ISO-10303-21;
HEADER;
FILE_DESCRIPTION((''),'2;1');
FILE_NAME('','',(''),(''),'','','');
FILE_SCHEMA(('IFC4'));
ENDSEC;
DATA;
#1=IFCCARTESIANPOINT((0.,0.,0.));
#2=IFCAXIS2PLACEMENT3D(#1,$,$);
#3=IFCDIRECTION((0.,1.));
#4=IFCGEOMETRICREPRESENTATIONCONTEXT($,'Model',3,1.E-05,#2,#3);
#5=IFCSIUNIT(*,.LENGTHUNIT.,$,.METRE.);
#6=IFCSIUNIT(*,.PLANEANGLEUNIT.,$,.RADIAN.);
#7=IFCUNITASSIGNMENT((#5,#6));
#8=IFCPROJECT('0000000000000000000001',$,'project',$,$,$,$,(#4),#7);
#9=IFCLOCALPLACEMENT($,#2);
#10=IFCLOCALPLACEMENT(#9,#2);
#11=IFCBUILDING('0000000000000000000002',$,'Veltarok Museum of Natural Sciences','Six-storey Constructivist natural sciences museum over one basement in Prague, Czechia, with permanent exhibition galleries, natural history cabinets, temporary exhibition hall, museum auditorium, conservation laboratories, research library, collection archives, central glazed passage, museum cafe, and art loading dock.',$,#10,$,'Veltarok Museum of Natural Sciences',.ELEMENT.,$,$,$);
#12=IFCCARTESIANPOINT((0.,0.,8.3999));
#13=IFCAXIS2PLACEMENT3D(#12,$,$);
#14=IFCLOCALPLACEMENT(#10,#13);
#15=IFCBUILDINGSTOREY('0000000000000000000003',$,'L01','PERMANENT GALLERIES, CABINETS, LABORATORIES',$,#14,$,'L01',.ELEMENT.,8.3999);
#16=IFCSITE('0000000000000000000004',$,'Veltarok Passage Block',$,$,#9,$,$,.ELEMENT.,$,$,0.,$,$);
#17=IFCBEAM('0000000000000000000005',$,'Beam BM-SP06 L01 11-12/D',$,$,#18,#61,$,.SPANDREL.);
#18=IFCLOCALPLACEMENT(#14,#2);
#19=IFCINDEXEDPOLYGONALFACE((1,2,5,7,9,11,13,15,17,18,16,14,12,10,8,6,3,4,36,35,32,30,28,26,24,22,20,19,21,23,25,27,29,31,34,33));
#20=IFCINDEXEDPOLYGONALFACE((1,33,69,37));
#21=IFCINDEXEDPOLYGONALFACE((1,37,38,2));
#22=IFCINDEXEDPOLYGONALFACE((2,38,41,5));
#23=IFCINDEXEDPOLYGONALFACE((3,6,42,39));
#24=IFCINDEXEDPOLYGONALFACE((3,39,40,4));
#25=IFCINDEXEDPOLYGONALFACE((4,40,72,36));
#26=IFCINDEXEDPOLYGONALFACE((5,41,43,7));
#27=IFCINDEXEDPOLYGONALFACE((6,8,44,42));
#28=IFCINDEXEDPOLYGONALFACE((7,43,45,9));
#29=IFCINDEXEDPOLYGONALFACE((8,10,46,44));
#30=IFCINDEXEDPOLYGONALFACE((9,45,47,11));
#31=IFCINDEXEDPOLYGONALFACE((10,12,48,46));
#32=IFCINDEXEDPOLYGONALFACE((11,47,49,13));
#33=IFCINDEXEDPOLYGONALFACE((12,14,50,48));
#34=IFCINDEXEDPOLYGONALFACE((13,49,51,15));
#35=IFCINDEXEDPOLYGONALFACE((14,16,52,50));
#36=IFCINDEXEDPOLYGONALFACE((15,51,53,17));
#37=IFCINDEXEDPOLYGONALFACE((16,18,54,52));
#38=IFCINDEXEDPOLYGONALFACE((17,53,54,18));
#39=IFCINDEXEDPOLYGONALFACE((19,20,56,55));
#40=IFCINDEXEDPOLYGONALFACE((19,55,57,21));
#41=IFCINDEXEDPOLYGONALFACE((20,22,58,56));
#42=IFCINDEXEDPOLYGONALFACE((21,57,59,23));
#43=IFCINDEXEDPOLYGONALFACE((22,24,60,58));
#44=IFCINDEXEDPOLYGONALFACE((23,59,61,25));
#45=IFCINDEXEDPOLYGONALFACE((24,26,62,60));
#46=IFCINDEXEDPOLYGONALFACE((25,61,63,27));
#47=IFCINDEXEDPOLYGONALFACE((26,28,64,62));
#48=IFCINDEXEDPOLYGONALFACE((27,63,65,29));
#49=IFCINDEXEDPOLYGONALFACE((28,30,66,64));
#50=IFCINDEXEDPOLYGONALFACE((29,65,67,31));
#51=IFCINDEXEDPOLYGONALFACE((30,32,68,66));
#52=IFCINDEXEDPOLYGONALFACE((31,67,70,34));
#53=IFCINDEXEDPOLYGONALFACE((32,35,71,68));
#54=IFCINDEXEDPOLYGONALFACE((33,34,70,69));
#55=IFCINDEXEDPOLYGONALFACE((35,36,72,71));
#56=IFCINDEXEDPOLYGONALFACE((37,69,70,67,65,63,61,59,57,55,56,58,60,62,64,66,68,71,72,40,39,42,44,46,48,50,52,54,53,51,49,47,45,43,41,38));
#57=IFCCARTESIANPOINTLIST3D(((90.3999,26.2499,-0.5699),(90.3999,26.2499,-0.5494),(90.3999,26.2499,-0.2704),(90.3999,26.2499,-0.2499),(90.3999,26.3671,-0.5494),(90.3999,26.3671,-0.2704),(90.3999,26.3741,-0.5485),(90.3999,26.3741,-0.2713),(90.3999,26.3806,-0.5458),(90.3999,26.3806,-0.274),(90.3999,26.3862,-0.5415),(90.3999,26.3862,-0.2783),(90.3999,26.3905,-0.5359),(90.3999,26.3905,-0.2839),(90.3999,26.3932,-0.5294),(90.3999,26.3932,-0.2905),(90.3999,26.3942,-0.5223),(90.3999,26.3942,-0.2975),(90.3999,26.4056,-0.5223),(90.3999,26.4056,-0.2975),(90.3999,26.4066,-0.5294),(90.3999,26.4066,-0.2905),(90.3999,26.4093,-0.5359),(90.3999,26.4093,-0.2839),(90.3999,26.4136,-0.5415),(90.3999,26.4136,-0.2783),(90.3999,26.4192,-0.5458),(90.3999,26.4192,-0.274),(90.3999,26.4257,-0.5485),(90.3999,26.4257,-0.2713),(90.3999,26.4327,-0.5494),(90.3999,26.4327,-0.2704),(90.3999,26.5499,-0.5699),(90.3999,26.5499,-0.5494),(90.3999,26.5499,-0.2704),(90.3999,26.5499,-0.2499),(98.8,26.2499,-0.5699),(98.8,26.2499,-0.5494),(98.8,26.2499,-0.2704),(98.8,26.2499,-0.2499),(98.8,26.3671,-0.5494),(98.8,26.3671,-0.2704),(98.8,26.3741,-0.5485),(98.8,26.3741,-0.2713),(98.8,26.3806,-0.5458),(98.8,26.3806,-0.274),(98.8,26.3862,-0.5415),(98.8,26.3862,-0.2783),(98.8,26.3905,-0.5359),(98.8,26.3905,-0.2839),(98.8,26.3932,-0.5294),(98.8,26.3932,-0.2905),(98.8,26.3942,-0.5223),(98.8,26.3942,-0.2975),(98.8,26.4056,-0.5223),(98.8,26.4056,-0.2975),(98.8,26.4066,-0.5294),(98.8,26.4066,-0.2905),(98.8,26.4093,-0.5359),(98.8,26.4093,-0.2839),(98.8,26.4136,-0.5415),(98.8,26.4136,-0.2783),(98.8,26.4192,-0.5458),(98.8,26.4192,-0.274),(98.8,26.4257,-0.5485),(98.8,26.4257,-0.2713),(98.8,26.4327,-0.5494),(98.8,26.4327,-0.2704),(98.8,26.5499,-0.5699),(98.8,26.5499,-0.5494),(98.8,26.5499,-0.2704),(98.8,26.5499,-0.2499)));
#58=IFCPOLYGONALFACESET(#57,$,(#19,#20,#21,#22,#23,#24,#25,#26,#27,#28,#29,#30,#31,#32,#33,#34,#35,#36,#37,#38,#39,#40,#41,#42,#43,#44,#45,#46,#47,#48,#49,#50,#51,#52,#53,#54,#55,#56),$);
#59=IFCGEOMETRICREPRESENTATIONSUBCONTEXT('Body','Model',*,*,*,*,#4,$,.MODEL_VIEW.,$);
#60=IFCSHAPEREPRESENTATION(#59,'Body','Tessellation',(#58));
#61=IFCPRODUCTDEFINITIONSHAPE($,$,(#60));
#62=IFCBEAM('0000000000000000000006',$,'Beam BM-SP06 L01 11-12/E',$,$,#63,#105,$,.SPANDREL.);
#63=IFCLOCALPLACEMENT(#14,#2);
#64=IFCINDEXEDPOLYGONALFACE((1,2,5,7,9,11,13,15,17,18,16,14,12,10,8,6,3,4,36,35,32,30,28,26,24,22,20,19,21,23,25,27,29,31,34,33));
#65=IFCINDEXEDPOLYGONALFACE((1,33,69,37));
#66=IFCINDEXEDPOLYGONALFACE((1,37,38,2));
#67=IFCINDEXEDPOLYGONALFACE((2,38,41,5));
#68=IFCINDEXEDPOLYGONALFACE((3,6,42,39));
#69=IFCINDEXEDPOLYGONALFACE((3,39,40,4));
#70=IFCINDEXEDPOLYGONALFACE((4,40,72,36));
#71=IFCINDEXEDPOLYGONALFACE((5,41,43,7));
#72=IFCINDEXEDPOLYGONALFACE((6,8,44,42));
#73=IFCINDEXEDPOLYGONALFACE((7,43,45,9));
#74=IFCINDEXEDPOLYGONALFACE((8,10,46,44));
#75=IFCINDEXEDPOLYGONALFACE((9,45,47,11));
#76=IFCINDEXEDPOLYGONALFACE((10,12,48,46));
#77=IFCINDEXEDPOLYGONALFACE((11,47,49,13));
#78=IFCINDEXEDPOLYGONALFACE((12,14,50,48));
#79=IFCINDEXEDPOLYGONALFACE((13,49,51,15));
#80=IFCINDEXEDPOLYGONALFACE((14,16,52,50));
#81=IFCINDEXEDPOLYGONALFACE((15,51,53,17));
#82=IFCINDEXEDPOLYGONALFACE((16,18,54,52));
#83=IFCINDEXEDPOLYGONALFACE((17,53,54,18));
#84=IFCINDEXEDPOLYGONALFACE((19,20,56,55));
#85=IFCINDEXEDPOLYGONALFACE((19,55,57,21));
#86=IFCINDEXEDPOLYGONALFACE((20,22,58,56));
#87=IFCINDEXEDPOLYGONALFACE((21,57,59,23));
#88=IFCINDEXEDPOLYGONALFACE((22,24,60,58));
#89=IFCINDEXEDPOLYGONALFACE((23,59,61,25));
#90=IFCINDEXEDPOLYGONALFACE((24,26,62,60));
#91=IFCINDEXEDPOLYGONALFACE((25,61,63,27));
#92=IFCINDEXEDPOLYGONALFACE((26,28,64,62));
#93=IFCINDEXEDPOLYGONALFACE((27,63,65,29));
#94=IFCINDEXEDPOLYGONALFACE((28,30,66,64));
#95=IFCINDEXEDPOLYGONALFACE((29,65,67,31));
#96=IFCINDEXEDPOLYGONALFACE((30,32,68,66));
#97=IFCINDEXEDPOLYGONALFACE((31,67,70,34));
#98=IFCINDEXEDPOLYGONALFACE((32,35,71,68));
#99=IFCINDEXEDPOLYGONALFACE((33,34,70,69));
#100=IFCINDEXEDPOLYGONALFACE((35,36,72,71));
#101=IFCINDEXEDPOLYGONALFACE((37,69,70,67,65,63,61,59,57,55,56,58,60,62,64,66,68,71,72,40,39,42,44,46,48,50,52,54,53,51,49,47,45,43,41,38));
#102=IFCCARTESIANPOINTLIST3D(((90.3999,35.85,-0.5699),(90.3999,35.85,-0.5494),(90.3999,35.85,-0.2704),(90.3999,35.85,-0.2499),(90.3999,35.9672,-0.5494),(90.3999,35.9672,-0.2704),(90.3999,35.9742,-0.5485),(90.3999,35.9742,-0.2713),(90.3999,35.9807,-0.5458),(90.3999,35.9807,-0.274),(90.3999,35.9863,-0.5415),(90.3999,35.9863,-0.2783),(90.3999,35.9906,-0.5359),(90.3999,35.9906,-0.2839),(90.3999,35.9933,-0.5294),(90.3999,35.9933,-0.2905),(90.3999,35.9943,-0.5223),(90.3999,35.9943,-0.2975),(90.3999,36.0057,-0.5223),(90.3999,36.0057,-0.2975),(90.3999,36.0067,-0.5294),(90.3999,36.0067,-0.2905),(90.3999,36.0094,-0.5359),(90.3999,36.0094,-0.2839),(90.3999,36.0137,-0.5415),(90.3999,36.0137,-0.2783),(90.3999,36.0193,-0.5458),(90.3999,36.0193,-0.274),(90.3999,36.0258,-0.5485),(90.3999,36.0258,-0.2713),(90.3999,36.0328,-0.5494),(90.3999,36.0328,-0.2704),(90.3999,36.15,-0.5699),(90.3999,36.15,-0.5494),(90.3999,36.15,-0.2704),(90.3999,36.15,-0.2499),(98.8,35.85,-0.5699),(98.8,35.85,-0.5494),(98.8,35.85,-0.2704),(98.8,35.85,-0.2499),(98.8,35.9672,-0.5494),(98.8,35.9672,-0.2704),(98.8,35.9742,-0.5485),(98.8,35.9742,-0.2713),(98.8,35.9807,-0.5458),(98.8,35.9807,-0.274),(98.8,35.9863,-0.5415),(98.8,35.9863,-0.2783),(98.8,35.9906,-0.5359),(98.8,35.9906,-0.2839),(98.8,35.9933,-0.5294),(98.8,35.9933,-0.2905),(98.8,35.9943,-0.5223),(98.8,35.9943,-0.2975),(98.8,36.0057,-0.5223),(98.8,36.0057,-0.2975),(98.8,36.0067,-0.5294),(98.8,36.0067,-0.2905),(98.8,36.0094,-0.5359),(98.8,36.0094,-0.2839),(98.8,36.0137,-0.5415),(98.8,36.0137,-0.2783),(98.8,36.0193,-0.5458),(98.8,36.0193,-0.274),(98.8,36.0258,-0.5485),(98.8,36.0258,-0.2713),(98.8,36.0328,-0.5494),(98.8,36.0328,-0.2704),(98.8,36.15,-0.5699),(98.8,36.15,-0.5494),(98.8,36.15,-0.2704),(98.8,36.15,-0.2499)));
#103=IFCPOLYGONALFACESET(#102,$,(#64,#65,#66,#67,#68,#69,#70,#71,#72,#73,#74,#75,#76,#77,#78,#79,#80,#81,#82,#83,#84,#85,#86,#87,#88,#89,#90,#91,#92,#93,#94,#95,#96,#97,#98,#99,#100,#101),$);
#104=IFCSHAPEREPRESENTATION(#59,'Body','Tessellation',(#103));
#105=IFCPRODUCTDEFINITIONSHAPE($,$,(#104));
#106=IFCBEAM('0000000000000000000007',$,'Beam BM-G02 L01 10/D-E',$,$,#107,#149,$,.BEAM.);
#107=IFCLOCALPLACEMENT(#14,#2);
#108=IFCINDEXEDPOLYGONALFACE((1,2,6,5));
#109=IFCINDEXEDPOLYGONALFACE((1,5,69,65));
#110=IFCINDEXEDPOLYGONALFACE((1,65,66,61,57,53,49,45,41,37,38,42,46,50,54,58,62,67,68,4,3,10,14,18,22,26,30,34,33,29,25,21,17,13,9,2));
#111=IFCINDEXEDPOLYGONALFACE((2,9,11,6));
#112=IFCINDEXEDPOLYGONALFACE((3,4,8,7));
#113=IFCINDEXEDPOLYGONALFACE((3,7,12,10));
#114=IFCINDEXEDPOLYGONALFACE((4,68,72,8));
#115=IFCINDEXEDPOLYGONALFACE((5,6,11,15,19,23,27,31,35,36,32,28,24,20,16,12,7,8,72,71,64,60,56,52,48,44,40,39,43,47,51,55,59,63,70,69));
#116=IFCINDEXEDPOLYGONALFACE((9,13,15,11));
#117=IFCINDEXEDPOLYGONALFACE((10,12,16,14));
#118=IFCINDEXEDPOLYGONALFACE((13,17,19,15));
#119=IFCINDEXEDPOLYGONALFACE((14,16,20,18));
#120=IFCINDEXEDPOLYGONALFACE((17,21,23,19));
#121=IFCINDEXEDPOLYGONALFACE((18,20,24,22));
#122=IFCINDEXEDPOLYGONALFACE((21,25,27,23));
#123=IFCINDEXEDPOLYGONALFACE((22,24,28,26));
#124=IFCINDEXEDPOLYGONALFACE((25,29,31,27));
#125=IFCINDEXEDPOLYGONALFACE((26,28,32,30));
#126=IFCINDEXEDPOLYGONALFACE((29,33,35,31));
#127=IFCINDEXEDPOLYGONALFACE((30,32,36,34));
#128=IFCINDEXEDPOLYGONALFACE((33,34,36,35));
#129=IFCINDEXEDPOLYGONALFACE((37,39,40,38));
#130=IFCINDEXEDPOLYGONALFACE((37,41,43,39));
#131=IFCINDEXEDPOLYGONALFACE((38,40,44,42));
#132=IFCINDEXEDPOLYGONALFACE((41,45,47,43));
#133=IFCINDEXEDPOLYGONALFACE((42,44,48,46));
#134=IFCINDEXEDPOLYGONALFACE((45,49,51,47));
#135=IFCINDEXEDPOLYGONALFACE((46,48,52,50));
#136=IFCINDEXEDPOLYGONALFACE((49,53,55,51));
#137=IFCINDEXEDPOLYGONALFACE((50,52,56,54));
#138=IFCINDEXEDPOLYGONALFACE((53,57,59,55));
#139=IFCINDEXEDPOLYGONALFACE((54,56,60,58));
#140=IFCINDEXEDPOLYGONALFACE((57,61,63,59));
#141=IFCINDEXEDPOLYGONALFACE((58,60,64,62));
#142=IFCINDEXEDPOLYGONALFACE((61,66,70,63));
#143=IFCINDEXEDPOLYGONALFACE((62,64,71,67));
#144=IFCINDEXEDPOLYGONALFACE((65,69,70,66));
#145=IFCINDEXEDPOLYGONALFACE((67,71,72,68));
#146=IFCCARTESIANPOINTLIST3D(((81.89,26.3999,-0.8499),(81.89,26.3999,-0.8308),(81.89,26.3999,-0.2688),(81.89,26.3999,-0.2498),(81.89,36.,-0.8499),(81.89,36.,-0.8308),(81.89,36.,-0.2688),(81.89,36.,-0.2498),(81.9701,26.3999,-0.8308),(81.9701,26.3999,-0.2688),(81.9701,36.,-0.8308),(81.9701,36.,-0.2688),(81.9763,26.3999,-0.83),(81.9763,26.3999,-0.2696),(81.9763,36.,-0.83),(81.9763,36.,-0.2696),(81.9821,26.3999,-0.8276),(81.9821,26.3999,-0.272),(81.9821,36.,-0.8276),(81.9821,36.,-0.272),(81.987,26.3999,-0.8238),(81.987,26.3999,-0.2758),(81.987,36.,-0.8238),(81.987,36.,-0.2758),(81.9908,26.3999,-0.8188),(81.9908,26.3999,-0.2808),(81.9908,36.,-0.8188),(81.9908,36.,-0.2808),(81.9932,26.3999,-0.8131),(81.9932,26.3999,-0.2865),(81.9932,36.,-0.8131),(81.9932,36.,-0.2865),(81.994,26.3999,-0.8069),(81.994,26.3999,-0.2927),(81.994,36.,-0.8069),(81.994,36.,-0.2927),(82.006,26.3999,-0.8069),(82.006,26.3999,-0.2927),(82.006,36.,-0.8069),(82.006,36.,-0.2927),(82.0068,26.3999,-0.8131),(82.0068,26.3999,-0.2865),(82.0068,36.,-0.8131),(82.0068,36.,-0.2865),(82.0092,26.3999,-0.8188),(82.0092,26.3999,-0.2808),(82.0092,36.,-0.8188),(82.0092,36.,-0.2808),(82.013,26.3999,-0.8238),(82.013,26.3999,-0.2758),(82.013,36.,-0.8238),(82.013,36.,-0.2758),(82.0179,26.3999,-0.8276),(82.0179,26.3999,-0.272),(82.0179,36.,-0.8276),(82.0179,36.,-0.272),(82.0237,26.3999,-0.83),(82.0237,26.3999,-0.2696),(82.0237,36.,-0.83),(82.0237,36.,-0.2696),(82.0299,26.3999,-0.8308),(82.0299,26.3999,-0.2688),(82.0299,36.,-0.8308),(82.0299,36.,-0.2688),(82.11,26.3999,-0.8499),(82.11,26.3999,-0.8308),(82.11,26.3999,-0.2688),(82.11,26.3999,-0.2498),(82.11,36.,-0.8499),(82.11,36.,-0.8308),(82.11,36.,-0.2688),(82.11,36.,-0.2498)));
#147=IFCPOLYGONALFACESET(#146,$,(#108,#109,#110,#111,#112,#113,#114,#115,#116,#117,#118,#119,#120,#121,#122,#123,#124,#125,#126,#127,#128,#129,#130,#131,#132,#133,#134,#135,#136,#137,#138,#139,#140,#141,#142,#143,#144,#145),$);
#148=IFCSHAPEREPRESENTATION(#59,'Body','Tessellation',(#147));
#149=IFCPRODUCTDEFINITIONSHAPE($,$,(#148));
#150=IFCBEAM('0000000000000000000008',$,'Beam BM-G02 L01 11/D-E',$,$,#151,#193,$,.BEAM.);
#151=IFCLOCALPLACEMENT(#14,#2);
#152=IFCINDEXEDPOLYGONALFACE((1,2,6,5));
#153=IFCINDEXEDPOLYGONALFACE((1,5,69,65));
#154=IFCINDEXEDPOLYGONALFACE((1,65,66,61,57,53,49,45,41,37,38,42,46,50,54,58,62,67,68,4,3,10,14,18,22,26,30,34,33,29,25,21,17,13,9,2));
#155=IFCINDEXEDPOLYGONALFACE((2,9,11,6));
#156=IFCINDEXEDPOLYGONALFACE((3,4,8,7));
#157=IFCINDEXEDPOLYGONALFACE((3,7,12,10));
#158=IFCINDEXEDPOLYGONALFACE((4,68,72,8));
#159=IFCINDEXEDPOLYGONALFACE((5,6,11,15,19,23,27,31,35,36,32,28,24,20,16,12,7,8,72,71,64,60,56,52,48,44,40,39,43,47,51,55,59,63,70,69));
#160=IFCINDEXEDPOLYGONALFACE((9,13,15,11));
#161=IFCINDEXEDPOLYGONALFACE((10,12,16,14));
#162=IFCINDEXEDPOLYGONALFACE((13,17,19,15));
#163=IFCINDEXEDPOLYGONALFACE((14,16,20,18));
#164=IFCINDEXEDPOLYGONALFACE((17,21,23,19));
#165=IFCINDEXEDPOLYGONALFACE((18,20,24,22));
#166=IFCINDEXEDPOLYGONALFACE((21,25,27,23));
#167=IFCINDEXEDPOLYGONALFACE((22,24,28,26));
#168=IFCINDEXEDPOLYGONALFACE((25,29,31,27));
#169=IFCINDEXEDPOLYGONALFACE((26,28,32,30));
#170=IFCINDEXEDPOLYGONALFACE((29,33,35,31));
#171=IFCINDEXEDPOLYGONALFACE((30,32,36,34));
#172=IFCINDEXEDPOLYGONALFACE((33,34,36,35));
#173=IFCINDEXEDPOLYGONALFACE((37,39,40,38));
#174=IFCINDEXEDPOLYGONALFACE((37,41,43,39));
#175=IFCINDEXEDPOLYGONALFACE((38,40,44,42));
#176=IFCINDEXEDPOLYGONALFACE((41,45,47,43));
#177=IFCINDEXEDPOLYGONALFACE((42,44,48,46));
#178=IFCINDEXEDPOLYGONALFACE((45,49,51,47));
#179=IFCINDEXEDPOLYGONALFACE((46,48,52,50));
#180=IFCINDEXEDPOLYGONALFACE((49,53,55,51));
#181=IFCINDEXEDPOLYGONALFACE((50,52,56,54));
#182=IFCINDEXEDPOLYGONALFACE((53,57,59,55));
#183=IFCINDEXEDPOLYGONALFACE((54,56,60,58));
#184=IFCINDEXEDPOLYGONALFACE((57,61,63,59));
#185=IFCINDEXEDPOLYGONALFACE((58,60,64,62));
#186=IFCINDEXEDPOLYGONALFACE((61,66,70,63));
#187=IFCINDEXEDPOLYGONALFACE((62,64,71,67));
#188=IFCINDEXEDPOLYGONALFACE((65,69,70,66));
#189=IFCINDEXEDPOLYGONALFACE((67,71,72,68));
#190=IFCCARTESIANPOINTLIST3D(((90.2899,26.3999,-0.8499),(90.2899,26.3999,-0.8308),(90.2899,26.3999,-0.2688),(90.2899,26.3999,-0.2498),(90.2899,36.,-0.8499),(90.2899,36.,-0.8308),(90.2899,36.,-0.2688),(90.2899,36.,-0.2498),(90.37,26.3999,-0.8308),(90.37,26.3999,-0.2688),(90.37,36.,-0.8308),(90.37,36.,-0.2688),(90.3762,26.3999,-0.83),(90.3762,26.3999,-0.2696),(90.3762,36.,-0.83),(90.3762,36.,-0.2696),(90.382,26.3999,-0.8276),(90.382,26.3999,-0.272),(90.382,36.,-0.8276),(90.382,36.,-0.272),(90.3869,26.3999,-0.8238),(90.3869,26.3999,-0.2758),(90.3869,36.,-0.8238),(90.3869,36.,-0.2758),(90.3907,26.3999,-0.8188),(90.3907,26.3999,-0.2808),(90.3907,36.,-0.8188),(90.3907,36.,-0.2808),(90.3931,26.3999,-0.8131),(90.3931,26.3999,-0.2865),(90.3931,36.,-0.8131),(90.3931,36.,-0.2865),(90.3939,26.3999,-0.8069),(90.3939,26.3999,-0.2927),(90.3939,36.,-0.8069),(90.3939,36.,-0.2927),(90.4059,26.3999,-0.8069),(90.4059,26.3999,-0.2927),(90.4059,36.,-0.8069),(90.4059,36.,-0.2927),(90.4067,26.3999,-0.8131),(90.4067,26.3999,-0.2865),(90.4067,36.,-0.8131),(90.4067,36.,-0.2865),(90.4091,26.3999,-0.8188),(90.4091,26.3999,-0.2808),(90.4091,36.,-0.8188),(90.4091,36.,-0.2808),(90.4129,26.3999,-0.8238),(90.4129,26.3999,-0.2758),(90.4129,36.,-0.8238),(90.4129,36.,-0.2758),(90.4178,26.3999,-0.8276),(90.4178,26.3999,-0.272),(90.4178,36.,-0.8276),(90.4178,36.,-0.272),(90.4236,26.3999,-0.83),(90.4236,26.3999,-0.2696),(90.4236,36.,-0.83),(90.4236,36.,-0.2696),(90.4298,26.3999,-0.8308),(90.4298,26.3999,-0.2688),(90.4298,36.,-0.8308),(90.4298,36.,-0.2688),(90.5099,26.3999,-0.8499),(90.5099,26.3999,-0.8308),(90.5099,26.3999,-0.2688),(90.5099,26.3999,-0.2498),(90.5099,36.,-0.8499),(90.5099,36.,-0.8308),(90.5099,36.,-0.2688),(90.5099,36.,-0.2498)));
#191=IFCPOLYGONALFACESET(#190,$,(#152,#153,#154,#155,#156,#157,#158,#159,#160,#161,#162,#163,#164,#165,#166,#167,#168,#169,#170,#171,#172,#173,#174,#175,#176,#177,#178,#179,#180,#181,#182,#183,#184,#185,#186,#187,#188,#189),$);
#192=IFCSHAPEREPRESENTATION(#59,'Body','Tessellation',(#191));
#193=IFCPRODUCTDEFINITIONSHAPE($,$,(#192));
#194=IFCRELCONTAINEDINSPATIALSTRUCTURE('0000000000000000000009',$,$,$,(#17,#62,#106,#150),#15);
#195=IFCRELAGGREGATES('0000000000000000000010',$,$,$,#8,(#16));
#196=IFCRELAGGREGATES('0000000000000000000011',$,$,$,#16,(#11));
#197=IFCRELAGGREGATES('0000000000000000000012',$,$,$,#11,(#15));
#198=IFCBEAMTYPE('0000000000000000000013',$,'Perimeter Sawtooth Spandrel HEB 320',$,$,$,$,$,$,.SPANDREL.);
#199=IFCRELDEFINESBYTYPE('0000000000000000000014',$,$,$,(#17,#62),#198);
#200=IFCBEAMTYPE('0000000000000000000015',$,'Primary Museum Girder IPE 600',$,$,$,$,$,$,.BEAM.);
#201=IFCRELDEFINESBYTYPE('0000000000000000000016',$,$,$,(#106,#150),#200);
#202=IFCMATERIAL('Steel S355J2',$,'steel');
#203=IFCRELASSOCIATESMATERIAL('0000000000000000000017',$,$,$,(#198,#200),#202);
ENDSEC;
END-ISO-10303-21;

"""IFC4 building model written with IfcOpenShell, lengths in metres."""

from ifc_helpers import new_model, si_unit, direction, frame, origin, origin_2d, place, context, subcontext, project, spatial, i_section, extrude, material, material_profile, profile_set, type_object, element, save


model = new_model("IFC4")

# Units and contexts
model_context = context("Model", 3, precision=1e-05, world=origin(), true_north=direction((0.0, 1.0)))
body_context = subcontext(model_context, "Body", "Model", "MODEL_VIEW")
ifc_project = project(units=[si_unit("LENGTHUNIT", "METRE"), si_unit("PLANEANGLEUNIT", "RADIAN")], contexts=[model_context])

# Site, building, storey
site_placement = place(None, origin())
site = spatial("IfcSite", under=ifc_project, at=site_placement, Name="Veltarok Passage Block", CompositionType="ELEMENT", RefElevation=0.0)
building_placement = place(site_placement, origin())
building = spatial("IfcBuilding", under=site, at=building_placement, Name="Veltarok Museum of Natural Sciences", Description="Six-storey Constructivist natural sciences museum over one basement in Prague, Czechia, with permanent exhibition galleries, natural history cabinets, temporary exhibition hall, museum auditorium, conservation laboratories, research library, collection archives, central glazed passage, museum cafe, and art loading dock.", LongName="Veltarok Museum of Natural Sciences", CompositionType="ELEMENT")
storey_placement = place(building_placement, frame((0.0, 0.0, 8.3999)))
storey = spatial("IfcBuildingStorey", under=building, at=storey_placement, Name="L01", Description="PERMANENT GALLERIES, CABINETS, LABORATORIES", LongName="L01", CompositionType="ELEMENT", Elevation=8.3999)

# Shared definitions
ifc_material_1 = material(Name="Steel S355J2", Category="steel")

# Beams
ifc_material_profile_1 = material_profile(ifc_material_1, i_section(OverallWidth=0.3, OverallDepth=0.3201, WebThickness=0.0115, FlangeThickness=0.0205, FilletRadius=0.0271, at=origin_2d()), Name="HEB 320")
ifc_profile_set_1 = profile_set([ifc_material_profile_1], Name="Steel S355J2")
beam_type_1 = type_object("IfcBeamType", Name="Perimeter Sawtooth Spandrel HEB 320", PredefinedType="SPANDREL", material=ifc_profile_set_1)
for number, where, z_axis, x_axis, name in (
    (1, (90.3999, 26.3999, -0.4099), (1.0, 0.0, 0.0), (0.0, 1.0, 0.0), "Beam BM-SP06 L01 11-12/D"),
    (2, (90.3999, 36.0, -0.4099), (1.0, 0.0, 0.0), (0.0, 1.0, 0.0), "Beam BM-SP06 L01 11-12/E"),
):
    element("IfcBeam", number, at=place(storey_placement, frame(where, z_axis=z_axis, x_axis=x_axis)), inside=storey, type_object=beam_type_1, Name=name, PredefinedType="SPANDREL", context=body_context, shape_type="SweptSolid", body=[
        extrude(i_section(OverallWidth=0.3, OverallDepth=0.3201, WebThickness=0.0115, FlangeThickness=0.0205, FilletRadius=0.0271, at=origin_2d()), origin(), (0.0, 0.0, 1.0), 8.4001),
    ])
ifc_material_profile_2 = material_profile(ifc_material_1, i_section(OverallWidth=0.22, OverallDepth=0.6001, WebThickness=0.012, FlangeThickness=0.019, FilletRadius=0.0239, at=origin_2d()), Name="IPE 600")
ifc_profile_set_2 = profile_set([ifc_material_profile_2], Name="Steel S355J2")
beam_type_2 = type_object("IfcBeamType", Name="Primary Museum Girder IPE 600", PredefinedType="BEAM", material=ifc_profile_set_2)
for number, where, z_axis, x_axis, name in (
    (3, (82.0, 26.3999, -0.5498), (0.0, 1.0, 0.0), (-1.0, 0.0, 0.0), "Beam BM-G02 L01 10/D-E"),
    (4, (90.3999, 26.3999, -0.5498), (0.0, 1.0, 0.0), (-1.0, 0.0, 0.0), "Beam BM-G02 L01 11/D-E"),
):
    element("IfcBeam", number, at=place(storey_placement, frame(where, z_axis=z_axis, x_axis=x_axis)), inside=storey, type_object=beam_type_2, Name=name, PredefinedType="BEAM", context=body_context, shape_type="SweptSolid", body=[
        extrude(i_section(OverallWidth=0.22, OverallDepth=0.6001, WebThickness=0.012, FlangeThickness=0.019, FilletRadius=0.0239, at=origin_2d()), origin(), (0.0, 0.0, 1.0), 9.6001),
    ])

save(model, "model.ifc")
